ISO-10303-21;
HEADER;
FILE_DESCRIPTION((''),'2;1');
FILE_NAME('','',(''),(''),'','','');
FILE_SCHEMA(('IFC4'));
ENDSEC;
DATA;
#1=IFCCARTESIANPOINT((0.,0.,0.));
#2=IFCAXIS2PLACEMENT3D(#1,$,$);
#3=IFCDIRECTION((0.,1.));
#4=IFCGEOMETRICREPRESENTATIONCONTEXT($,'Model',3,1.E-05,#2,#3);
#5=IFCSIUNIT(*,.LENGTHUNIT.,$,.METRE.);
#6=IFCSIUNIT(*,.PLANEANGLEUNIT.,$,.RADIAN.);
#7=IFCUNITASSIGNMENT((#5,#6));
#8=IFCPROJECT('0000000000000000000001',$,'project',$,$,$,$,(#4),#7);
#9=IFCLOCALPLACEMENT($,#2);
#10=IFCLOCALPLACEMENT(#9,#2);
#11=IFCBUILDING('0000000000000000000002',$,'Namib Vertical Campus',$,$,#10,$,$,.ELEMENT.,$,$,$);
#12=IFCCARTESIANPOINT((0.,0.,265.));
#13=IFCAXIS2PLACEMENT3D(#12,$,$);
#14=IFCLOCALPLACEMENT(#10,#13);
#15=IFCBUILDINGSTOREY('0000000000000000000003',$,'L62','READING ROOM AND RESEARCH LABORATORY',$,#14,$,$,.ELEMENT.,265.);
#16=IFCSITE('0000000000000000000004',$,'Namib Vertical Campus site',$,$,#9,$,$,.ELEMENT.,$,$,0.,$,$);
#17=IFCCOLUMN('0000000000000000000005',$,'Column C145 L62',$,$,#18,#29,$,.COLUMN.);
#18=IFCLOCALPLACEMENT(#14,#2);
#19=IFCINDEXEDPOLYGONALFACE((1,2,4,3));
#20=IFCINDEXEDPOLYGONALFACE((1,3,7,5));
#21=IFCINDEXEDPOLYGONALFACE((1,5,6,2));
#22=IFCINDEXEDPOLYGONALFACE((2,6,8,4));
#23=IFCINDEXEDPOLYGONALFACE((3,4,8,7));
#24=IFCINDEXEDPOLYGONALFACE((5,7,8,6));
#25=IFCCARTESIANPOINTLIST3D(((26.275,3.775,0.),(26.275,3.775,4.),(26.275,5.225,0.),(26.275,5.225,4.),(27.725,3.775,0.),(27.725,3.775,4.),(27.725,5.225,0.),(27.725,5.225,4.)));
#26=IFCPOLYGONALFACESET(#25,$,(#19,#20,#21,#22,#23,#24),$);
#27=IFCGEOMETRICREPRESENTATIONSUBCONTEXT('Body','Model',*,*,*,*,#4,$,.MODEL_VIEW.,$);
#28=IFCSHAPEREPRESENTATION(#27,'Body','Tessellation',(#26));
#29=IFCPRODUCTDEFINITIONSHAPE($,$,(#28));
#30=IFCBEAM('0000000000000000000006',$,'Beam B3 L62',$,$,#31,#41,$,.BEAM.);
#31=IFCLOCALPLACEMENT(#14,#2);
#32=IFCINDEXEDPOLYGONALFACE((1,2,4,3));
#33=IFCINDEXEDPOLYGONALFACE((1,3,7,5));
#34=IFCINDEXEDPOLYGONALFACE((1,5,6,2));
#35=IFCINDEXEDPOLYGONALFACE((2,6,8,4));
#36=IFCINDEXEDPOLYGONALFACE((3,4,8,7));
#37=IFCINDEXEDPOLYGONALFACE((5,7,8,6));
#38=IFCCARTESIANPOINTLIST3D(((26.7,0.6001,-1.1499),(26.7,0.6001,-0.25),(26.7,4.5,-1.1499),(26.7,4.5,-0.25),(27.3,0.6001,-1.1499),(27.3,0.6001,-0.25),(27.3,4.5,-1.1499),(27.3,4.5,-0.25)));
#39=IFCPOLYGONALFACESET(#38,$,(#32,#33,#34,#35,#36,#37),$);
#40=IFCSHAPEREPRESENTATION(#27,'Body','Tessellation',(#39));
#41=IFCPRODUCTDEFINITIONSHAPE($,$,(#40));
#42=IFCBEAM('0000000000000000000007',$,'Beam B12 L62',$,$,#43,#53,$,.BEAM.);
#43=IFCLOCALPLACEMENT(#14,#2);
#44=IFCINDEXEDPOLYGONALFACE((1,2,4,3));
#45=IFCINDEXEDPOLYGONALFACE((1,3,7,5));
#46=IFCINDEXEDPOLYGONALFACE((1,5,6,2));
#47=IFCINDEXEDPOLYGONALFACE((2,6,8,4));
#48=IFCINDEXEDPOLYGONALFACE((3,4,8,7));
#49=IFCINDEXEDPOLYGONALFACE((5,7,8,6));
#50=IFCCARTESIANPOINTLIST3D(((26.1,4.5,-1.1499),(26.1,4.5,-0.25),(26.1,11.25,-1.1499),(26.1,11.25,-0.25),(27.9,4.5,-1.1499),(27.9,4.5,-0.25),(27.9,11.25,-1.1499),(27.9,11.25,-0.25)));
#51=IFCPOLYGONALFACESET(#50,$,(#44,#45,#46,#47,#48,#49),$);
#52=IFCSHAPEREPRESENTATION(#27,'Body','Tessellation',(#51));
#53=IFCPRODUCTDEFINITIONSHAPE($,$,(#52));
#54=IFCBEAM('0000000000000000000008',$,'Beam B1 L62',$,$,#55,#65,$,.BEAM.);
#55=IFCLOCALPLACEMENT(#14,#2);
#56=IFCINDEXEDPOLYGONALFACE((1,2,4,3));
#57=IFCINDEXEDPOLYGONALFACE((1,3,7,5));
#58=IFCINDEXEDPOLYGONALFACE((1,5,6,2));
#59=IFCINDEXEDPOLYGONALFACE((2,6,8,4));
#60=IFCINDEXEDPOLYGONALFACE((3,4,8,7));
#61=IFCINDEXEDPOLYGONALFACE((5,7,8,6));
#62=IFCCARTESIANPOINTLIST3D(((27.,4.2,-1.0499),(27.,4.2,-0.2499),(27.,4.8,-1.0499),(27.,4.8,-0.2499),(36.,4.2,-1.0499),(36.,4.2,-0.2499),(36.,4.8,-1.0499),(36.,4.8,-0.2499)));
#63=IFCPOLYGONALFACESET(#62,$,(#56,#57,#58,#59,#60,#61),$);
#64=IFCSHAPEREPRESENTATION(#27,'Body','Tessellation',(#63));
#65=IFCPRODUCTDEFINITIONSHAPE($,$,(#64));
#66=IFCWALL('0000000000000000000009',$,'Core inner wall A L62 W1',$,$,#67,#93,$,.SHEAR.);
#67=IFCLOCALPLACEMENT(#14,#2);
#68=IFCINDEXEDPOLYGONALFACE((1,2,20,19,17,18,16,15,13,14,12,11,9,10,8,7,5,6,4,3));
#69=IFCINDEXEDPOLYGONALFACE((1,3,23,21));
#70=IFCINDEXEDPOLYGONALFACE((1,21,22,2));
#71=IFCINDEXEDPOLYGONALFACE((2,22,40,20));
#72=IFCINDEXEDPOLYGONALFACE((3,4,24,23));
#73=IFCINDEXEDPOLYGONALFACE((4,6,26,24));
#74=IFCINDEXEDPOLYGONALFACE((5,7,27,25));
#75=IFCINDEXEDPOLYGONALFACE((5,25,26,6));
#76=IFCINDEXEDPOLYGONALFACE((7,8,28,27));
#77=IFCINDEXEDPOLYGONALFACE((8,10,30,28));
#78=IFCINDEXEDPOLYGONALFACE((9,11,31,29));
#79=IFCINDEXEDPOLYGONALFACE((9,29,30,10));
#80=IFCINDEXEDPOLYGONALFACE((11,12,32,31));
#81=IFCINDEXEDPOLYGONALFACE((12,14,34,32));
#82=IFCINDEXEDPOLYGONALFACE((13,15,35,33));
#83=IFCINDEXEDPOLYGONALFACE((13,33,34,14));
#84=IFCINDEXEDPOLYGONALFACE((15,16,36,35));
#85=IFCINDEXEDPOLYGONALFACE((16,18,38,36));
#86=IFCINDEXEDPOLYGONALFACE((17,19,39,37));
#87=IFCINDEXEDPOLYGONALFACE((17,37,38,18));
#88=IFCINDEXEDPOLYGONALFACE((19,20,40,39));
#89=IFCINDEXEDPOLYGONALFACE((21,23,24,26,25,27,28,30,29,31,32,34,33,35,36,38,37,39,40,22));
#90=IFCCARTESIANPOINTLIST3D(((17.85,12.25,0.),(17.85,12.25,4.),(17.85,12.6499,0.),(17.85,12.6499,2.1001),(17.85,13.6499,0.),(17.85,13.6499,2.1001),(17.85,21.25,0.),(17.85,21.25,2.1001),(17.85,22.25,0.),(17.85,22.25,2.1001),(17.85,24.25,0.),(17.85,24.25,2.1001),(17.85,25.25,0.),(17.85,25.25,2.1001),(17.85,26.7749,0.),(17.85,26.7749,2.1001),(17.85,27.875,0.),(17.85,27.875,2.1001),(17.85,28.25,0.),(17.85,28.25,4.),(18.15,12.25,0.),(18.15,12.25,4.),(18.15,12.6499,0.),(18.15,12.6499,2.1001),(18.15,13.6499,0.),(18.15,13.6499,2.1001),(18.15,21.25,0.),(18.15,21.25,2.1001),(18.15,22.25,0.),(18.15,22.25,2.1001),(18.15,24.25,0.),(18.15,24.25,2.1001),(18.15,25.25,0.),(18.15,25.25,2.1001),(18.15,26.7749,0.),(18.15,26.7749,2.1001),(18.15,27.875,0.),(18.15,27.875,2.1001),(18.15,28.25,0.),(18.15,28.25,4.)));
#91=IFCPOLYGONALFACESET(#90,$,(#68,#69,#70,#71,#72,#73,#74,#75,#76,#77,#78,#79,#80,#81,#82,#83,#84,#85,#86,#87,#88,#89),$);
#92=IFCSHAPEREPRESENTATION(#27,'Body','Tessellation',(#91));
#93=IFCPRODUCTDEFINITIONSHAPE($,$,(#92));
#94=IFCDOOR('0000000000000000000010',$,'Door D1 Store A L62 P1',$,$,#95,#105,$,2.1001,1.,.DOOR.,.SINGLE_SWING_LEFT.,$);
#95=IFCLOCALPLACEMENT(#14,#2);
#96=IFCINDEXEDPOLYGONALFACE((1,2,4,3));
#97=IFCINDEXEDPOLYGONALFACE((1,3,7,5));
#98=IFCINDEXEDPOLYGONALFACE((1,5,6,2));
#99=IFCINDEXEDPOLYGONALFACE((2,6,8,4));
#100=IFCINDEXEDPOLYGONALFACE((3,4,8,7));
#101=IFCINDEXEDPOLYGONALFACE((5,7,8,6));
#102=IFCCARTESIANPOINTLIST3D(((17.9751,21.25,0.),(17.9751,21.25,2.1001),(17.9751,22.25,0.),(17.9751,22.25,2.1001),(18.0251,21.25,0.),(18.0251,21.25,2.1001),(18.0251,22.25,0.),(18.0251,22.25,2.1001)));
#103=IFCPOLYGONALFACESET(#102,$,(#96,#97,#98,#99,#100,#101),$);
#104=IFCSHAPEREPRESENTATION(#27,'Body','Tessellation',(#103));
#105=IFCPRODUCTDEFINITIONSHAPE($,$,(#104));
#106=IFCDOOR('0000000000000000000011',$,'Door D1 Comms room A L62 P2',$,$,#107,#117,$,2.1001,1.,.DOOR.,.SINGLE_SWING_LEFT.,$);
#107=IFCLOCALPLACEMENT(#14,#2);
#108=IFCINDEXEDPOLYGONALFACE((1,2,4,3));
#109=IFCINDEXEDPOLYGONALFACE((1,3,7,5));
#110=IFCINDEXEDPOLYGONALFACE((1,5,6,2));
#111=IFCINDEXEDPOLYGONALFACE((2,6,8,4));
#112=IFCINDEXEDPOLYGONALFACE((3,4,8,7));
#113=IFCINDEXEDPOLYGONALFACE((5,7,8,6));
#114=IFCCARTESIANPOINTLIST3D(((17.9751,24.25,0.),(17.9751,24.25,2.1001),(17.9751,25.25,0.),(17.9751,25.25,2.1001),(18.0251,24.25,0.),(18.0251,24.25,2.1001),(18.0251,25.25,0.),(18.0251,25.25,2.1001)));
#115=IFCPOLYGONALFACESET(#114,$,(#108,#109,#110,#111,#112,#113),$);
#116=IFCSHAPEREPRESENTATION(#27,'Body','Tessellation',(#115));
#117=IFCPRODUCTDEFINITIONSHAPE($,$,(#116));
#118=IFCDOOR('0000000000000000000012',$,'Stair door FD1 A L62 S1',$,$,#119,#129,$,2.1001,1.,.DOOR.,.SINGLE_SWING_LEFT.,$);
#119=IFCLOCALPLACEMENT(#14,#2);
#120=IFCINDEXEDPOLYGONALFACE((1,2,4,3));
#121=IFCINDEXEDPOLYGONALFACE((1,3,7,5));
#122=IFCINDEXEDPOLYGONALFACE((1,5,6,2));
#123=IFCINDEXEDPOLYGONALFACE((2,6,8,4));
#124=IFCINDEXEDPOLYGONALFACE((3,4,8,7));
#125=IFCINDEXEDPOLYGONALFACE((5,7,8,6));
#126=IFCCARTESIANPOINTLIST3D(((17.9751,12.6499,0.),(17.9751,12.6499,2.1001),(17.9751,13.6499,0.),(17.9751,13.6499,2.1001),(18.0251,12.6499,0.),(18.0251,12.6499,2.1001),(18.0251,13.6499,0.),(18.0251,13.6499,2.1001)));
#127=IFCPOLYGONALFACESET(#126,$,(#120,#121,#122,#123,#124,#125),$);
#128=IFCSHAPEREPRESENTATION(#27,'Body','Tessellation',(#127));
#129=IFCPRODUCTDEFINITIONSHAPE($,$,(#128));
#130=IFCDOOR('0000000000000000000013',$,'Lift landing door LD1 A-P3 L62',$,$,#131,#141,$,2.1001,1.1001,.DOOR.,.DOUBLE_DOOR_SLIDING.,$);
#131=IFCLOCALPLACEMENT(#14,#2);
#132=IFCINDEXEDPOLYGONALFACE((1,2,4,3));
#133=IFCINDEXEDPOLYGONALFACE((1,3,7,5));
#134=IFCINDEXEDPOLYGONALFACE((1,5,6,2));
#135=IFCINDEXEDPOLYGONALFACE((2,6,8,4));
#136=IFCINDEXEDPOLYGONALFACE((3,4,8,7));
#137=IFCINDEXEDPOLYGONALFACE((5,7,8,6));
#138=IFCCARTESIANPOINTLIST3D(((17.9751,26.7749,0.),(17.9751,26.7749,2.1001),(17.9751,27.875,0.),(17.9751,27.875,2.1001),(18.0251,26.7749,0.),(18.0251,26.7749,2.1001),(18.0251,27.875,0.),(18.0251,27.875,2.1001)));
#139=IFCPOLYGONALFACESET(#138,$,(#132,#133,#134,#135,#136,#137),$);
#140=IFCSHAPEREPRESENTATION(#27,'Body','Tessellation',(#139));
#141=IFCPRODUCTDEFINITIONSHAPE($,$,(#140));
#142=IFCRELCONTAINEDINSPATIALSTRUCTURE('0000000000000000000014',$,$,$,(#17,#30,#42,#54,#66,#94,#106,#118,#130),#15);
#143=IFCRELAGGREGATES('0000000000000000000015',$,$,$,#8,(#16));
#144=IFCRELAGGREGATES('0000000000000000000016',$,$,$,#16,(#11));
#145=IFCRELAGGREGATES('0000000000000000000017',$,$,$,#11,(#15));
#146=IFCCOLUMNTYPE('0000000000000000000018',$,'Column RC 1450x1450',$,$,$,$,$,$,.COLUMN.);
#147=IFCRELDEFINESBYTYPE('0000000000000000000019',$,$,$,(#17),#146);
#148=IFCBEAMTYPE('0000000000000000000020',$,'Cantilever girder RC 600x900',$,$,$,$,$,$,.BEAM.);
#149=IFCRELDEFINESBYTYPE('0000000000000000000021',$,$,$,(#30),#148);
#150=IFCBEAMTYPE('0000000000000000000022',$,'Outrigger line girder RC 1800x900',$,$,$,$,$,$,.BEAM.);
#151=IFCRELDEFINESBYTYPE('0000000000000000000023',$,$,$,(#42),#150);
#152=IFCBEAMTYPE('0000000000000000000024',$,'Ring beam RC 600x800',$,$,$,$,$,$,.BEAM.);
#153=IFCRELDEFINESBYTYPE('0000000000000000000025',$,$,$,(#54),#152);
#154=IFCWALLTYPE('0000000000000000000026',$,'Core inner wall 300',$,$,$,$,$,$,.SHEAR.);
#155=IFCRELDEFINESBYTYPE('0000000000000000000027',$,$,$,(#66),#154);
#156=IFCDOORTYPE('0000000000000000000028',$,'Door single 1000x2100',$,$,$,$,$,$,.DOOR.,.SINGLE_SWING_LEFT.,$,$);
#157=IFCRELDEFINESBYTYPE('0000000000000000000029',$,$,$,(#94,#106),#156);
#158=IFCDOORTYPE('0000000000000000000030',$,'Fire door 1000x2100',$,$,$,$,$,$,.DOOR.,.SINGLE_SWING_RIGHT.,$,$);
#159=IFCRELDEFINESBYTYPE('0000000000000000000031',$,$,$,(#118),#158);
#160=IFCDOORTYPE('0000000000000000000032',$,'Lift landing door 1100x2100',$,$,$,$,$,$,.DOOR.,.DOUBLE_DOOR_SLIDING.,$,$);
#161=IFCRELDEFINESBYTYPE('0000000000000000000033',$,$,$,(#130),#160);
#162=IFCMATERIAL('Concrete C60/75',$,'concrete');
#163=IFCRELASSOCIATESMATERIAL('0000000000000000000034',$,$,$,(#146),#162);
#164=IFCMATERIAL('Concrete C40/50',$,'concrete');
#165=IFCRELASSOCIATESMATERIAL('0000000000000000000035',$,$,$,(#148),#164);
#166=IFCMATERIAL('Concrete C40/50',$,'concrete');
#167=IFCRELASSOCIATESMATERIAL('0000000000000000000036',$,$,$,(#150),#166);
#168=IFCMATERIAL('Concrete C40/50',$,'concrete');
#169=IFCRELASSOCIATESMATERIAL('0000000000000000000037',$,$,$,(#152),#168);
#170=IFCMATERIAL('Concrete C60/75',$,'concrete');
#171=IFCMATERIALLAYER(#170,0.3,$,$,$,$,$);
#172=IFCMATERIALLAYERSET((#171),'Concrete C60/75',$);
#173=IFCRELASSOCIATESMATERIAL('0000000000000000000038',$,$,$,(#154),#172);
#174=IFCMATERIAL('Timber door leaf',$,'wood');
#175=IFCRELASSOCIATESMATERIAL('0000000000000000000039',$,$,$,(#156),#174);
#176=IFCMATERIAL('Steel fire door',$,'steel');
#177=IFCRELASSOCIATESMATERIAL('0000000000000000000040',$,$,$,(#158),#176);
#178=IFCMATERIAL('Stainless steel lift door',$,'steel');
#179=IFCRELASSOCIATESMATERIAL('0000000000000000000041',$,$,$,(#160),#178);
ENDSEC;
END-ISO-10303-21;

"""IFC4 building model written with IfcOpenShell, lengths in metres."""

from ifc_helpers import new_model, si_unit, direction, frame, frame_2d, origin, origin_2d, place, context, subcontext, project, spatial, rectangle, extrude, material, layer, layer_set, material_profile, profile_set, type_object, element, fill, save


model = new_model("IFC4")

# Units and contexts
model_context = context("Model", 3, precision=1e-05, world=origin(), true_north=direction((0.0, 1.0)))
body_context = subcontext(model_context, "Body", "Model", "MODEL_VIEW")
ifc_project = project(units=[si_unit("LENGTHUNIT", "METRE"), si_unit("PLANEANGLEUNIT", "RADIAN")], contexts=[model_context])

# Site, building, storey
site_placement = place(None, origin())
site = spatial("IfcSite", under=ifc_project, at=site_placement, Name="Namib Vertical Campus site", CompositionType="ELEMENT", RefElevation=0.0)
building_placement = place(site_placement, origin())
building = spatial("IfcBuilding", under=site, at=building_placement, Name="Namib Vertical Campus", CompositionType="ELEMENT")
storey_placement = place(building_placement, frame((0.0, 0.0, 265.0)))
storey = spatial("IfcBuildingStorey", under=building, at=storey_placement, Name="L62", Description="READING ROOM AND RESEARCH LABORATORY", CompositionType="ELEMENT", Elevation=265.0)

# Column
ifc_material_1 = material(Name="Concrete C60/75", Category="concrete")
ifc_material_profile_1 = material_profile(ifc_material_1, rectangle(XDim=1.45, YDim=1.45, at=origin_2d()))
ifc_profile_set_1 = profile_set([ifc_material_profile_1], Name="Concrete C60/75")
column_type = type_object("IfcColumnType", Name="Column RC 1450x1450", PredefinedType="COLUMN", material=ifc_profile_set_1)
column_placement = place(storey_placement, frame((27.0, 4.5, 0.0), z_axis=(0.0, 0.0, 1.0), x_axis=(1.0, 0.0, 0.0)))
element("IfcColumn", 1, at=column_placement, inside=storey, type_object=column_type, Name="Column C145 L62", PredefinedType="COLUMN", context=body_context, shape_type="SweptSolid", body=[
    extrude(rectangle(XDim=1.45, YDim=1.45, at=origin_2d()), origin(), (0.0, 0.0, 1.0), 4.0),
])

# Beams
ifc_material_2 = material(Name="Concrete C40/50", Category="concrete")
ifc_material_profile_2 = material_profile(ifc_material_2, rectangle(XDim=0.6001, YDim=0.8999, at=origin_2d()))
ifc_profile_set_2 = profile_set([ifc_material_profile_2], Name="Concrete C40/50")
beam_type_1 = type_object("IfcBeamType", Name="Cantilever girder RC 600x900", PredefinedType="BEAM", material=ifc_profile_set_2)
beam_1_placement = place(storey_placement, frame((27.0, 4.5, -0.7), z_axis=(0.0, -1.0, 0.0), x_axis=(1.0, 0.0, 0.0)))
element("IfcBeam", 2, at=beam_1_placement, inside=storey, type_object=beam_type_1, Name="Beam B3 L62", PredefinedType="BEAM", context=body_context, shape_type="SweptSolid", body=[
    extrude(rectangle(XDim=0.6001, YDim=0.8999, at=origin_2d()), origin(), (0.0, 0.0, 1.0), 3.8999),
])
ifc_material_3 = material(Name="Concrete C40/50", Category="concrete")
ifc_material_profile_3 = material_profile(ifc_material_3, rectangle(XDim=1.8, YDim=0.8999, at=origin_2d()))
ifc_profile_set_3 = profile_set([ifc_material_profile_3], Name="Concrete C40/50")
beam_type_2 = type_object("IfcBeamType", Name="Outrigger line girder RC 1800x900", PredefinedType="BEAM", material=ifc_profile_set_3)
beam_2_placement = place(storey_placement, frame((27.0, 4.5, -0.7), z_axis=(0.0, 1.0, 0.0), x_axis=(-1.0, 0.0, 0.0)))
element("IfcBeam", 3, at=beam_2_placement, inside=storey, type_object=beam_type_2, Name="Beam B12 L62", PredefinedType="BEAM", context=body_context, shape_type="SweptSolid", body=[
    extrude(rectangle(XDim=1.8, YDim=0.8999, at=origin_2d()), origin(), (0.0, 0.0, 1.0), 6.75),
])
ifc_material_4 = material(Name="Concrete C40/50", Category="concrete")
ifc_material_profile_4 = material_profile(ifc_material_4, rectangle(XDim=0.6001, YDim=0.8, at=origin_2d()))
ifc_profile_set_4 = profile_set([ifc_material_profile_4], Name="Concrete C40/50")
beam_type_3 = type_object("IfcBeamType", Name="Ring beam RC 600x800", PredefinedType="BEAM", material=ifc_profile_set_4)
beam_3_placement = place(storey_placement, frame((27.0, 4.5, -0.6499), z_axis=(1.0, 0.0, 0.0), x_axis=(0.0, 1.0, 0.0)))
element("IfcBeam", 4, at=beam_3_placement, inside=storey, type_object=beam_type_3, Name="Beam B1 L62", PredefinedType="BEAM", context=body_context, shape_type="SweptSolid", body=[
    extrude(rectangle(XDim=0.6001, YDim=0.8, at=origin_2d()), origin(), (0.0, 0.0, 1.0), 9.0),
])

# Wall, openings, doors
ifc_material_5 = material(Name="Concrete C60/75", Category="concrete")
ifc_layer_1 = layer(ifc_material_5, 0.3)
ifc_layer_set_1 = layer_set([ifc_layer_1], Name="Concrete C60/75")
wall_type_1 = type_object("IfcWallType", Name="Core inner wall 300", PredefinedType="SHEAR", material=ifc_layer_set_1)
wall_1_placement = place(storey_placement, frame((18.0, 12.25, 0.0), z_axis=(0.0, 0.0, 1.0), x_axis=(0.0, 1.0, 0.0)))
wall_1 = element("IfcWall", 5, at=wall_1_placement, inside=storey, type_object=wall_type_1, Name="Core inner wall A L62 W1", PredefinedType="SHEAR", context=body_context, shape_type="SweptSolid", body=[
    extrude(rectangle(XDim=16.0, YDim=0.3, at=frame_2d((8.0, 0.0))), origin(), (0.0, 0.0, 1.0), 4.0),
])
opening_1_placement = place(wall_1_placement, frame((0.3999, 0.0, 0.0)))
opening_1 = element("IfcOpeningElement", 6, at=opening_1_placement, cuts=wall_1, PredefinedType="OPENING", context=body_context, shape_type="SweptSolid", body=[
    extrude(rectangle(XDim=1.0, YDim=2.1001, at=frame_2d((0.5, 1.05))), frame((0.0, 0.1599, 0.0), z_axis=(0.0, -1.0, 0.0), x_axis=(1.0, 0.0, 0.0)), (0.0, 0.0, 1.0), 0.3201),
])
opening_2_placement = place(wall_1_placement, frame((14.5249, 0.0, 0.0)))
opening_2 = element("IfcOpeningElement", 7, at=opening_2_placement, cuts=wall_1, PredefinedType="OPENING", context=body_context, shape_type="SweptSolid", body=[
    extrude(rectangle(XDim=1.1001, YDim=2.1001, at=frame_2d((0.55, 1.05))), frame((0.0, 0.1599, 0.0), z_axis=(0.0, -1.0, 0.0), x_axis=(1.0, 0.0, 0.0)), (0.0, 0.0, 1.0), 0.3201),
])
opening_3_placement = place(wall_1_placement, frame((9.0, 0.0, 0.0)))
opening_3 = element("IfcOpeningElement", 8, at=opening_3_placement, cuts=wall_1, PredefinedType="OPENING", context=body_context, shape_type="SweptSolid", body=[
    extrude(rectangle(XDim=1.0, YDim=2.1001, at=frame_2d((0.5, 1.05))), frame((0.0, 0.1599, 0.0), z_axis=(0.0, -1.0, 0.0), x_axis=(1.0, 0.0, 0.0)), (0.0, 0.0, 1.0), 0.3201),
])
opening_4_placement = place(wall_1_placement, frame((12.0, 0.0, 0.0)))
opening_4 = element("IfcOpeningElement", 9, at=opening_4_placement, cuts=wall_1, PredefinedType="OPENING", context=body_context, shape_type="SweptSolid", body=[
    extrude(rectangle(XDim=1.0, YDim=2.1001, at=frame_2d((0.5, 1.05))), frame((0.0, 0.1599, 0.0), z_axis=(0.0, -1.0, 0.0), x_axis=(1.0, 0.0, 0.0)), (0.0, 0.0, 1.0), 0.3201),
])
ifc_material_6 = material(Name="Timber door leaf", Category="wood")
door_type_1 = type_object("IfcDoorType", Name="Door single 1000x2100", OperationType="SINGLE_SWING_LEFT", PredefinedType="DOOR", material=ifc_material_6)
door_1_placement = place(opening_3_placement, origin())
door_1 = element("IfcDoor", 10, at=door_1_placement, inside=storey, type_object=door_type_1, Name="Door D1 Store A L62 P1", OperationType="SINGLE_SWING_LEFT", OverallHeight=2.1001, OverallWidth=1.0, PredefinedType="DOOR", context=body_context, shape_type="SweptSolid", body=[
    extrude(rectangle(XDim=1.0, YDim=2.1001, at=frame_2d((0.5, 1.05))), frame((0.0, 0.0249, 0.0), z_axis=(0.0, -1.0, 0.0), x_axis=(1.0, 0.0, 0.0)), (0.0, 0.0, 1.0), 0.05),
])
fill(opening_3, door_1)
door_2_placement = place(opening_4_placement, origin())
door_2 = element("IfcDoor", 11, at=door_2_placement, inside=storey, type_object=door_type_1, Name="Door D1 Comms room A L62 P2", OperationType="SINGLE_SWING_LEFT", OverallHeight=2.1001, OverallWidth=1.0, PredefinedType="DOOR", context=body_context, shape_type="SweptSolid", body=[
    extrude(rectangle(XDim=1.0, YDim=2.1001, at=frame_2d((0.5, 1.05))), frame((0.0, 0.0249, 0.0), z_axis=(0.0, -1.0, 0.0), x_axis=(1.0, 0.0, 0.0)), (0.0, 0.0, 1.0), 0.05),
])
fill(opening_4, door_2)
ifc_material_7 = material(Name="Steel fire door", Category="steel")
door_type_2 = type_object("IfcDoorType", Name="Fire door 1000x2100", OperationType="SINGLE_SWING_RIGHT", PredefinedType="DOOR", material=ifc_material_7)
door_3_placement = place(opening_1_placement, origin())
door_3 = element("IfcDoor", 12, at=door_3_placement, inside=storey, type_object=door_type_2, Name="Stair door FD1 A L62 S1", OperationType="SINGLE_SWING_LEFT", OverallHeight=2.1001, OverallWidth=1.0, PredefinedType="DOOR", context=body_context, shape_type="SweptSolid", body=[
    extrude(rectangle(XDim=1.0, YDim=2.1001, at=frame_2d((0.5, 1.05))), frame((0.0, 0.0249, 0.0), z_axis=(0.0, -1.0, 0.0), x_axis=(1.0, 0.0, 0.0)), (0.0, 0.0, 1.0), 0.05),
])
fill(opening_1, door_3)
ifc_material_8 = material(Name="Stainless steel lift door", Category="steel")
door_type_3 = type_object("IfcDoorType", Name="Lift landing door 1100x2100", OperationType="DOUBLE_DOOR_SLIDING", PredefinedType="DOOR", material=ifc_material_8)
door_4_placement = place(opening_2_placement, origin())
door_4 = element("IfcDoor", 13, at=door_4_placement, inside=storey, type_object=door_type_3, Name="Lift landing door LD1 A-P3 L62", OperationType="DOUBLE_DOOR_SLIDING", OverallHeight=2.1001, OverallWidth=1.1001, PredefinedType="DOOR", context=body_context, shape_type="SweptSolid", body=[
    extrude(rectangle(XDim=1.1001, YDim=2.1001, at=frame_2d((0.55, 1.05))), frame((0.0, 0.0249, 0.0), z_axis=(0.0, -1.0, 0.0), x_axis=(1.0, 0.0, 0.0)), (0.0, 0.0, 1.0), 0.05),
])
fill(opening_2, door_4)

save(model, "model.ifc")
